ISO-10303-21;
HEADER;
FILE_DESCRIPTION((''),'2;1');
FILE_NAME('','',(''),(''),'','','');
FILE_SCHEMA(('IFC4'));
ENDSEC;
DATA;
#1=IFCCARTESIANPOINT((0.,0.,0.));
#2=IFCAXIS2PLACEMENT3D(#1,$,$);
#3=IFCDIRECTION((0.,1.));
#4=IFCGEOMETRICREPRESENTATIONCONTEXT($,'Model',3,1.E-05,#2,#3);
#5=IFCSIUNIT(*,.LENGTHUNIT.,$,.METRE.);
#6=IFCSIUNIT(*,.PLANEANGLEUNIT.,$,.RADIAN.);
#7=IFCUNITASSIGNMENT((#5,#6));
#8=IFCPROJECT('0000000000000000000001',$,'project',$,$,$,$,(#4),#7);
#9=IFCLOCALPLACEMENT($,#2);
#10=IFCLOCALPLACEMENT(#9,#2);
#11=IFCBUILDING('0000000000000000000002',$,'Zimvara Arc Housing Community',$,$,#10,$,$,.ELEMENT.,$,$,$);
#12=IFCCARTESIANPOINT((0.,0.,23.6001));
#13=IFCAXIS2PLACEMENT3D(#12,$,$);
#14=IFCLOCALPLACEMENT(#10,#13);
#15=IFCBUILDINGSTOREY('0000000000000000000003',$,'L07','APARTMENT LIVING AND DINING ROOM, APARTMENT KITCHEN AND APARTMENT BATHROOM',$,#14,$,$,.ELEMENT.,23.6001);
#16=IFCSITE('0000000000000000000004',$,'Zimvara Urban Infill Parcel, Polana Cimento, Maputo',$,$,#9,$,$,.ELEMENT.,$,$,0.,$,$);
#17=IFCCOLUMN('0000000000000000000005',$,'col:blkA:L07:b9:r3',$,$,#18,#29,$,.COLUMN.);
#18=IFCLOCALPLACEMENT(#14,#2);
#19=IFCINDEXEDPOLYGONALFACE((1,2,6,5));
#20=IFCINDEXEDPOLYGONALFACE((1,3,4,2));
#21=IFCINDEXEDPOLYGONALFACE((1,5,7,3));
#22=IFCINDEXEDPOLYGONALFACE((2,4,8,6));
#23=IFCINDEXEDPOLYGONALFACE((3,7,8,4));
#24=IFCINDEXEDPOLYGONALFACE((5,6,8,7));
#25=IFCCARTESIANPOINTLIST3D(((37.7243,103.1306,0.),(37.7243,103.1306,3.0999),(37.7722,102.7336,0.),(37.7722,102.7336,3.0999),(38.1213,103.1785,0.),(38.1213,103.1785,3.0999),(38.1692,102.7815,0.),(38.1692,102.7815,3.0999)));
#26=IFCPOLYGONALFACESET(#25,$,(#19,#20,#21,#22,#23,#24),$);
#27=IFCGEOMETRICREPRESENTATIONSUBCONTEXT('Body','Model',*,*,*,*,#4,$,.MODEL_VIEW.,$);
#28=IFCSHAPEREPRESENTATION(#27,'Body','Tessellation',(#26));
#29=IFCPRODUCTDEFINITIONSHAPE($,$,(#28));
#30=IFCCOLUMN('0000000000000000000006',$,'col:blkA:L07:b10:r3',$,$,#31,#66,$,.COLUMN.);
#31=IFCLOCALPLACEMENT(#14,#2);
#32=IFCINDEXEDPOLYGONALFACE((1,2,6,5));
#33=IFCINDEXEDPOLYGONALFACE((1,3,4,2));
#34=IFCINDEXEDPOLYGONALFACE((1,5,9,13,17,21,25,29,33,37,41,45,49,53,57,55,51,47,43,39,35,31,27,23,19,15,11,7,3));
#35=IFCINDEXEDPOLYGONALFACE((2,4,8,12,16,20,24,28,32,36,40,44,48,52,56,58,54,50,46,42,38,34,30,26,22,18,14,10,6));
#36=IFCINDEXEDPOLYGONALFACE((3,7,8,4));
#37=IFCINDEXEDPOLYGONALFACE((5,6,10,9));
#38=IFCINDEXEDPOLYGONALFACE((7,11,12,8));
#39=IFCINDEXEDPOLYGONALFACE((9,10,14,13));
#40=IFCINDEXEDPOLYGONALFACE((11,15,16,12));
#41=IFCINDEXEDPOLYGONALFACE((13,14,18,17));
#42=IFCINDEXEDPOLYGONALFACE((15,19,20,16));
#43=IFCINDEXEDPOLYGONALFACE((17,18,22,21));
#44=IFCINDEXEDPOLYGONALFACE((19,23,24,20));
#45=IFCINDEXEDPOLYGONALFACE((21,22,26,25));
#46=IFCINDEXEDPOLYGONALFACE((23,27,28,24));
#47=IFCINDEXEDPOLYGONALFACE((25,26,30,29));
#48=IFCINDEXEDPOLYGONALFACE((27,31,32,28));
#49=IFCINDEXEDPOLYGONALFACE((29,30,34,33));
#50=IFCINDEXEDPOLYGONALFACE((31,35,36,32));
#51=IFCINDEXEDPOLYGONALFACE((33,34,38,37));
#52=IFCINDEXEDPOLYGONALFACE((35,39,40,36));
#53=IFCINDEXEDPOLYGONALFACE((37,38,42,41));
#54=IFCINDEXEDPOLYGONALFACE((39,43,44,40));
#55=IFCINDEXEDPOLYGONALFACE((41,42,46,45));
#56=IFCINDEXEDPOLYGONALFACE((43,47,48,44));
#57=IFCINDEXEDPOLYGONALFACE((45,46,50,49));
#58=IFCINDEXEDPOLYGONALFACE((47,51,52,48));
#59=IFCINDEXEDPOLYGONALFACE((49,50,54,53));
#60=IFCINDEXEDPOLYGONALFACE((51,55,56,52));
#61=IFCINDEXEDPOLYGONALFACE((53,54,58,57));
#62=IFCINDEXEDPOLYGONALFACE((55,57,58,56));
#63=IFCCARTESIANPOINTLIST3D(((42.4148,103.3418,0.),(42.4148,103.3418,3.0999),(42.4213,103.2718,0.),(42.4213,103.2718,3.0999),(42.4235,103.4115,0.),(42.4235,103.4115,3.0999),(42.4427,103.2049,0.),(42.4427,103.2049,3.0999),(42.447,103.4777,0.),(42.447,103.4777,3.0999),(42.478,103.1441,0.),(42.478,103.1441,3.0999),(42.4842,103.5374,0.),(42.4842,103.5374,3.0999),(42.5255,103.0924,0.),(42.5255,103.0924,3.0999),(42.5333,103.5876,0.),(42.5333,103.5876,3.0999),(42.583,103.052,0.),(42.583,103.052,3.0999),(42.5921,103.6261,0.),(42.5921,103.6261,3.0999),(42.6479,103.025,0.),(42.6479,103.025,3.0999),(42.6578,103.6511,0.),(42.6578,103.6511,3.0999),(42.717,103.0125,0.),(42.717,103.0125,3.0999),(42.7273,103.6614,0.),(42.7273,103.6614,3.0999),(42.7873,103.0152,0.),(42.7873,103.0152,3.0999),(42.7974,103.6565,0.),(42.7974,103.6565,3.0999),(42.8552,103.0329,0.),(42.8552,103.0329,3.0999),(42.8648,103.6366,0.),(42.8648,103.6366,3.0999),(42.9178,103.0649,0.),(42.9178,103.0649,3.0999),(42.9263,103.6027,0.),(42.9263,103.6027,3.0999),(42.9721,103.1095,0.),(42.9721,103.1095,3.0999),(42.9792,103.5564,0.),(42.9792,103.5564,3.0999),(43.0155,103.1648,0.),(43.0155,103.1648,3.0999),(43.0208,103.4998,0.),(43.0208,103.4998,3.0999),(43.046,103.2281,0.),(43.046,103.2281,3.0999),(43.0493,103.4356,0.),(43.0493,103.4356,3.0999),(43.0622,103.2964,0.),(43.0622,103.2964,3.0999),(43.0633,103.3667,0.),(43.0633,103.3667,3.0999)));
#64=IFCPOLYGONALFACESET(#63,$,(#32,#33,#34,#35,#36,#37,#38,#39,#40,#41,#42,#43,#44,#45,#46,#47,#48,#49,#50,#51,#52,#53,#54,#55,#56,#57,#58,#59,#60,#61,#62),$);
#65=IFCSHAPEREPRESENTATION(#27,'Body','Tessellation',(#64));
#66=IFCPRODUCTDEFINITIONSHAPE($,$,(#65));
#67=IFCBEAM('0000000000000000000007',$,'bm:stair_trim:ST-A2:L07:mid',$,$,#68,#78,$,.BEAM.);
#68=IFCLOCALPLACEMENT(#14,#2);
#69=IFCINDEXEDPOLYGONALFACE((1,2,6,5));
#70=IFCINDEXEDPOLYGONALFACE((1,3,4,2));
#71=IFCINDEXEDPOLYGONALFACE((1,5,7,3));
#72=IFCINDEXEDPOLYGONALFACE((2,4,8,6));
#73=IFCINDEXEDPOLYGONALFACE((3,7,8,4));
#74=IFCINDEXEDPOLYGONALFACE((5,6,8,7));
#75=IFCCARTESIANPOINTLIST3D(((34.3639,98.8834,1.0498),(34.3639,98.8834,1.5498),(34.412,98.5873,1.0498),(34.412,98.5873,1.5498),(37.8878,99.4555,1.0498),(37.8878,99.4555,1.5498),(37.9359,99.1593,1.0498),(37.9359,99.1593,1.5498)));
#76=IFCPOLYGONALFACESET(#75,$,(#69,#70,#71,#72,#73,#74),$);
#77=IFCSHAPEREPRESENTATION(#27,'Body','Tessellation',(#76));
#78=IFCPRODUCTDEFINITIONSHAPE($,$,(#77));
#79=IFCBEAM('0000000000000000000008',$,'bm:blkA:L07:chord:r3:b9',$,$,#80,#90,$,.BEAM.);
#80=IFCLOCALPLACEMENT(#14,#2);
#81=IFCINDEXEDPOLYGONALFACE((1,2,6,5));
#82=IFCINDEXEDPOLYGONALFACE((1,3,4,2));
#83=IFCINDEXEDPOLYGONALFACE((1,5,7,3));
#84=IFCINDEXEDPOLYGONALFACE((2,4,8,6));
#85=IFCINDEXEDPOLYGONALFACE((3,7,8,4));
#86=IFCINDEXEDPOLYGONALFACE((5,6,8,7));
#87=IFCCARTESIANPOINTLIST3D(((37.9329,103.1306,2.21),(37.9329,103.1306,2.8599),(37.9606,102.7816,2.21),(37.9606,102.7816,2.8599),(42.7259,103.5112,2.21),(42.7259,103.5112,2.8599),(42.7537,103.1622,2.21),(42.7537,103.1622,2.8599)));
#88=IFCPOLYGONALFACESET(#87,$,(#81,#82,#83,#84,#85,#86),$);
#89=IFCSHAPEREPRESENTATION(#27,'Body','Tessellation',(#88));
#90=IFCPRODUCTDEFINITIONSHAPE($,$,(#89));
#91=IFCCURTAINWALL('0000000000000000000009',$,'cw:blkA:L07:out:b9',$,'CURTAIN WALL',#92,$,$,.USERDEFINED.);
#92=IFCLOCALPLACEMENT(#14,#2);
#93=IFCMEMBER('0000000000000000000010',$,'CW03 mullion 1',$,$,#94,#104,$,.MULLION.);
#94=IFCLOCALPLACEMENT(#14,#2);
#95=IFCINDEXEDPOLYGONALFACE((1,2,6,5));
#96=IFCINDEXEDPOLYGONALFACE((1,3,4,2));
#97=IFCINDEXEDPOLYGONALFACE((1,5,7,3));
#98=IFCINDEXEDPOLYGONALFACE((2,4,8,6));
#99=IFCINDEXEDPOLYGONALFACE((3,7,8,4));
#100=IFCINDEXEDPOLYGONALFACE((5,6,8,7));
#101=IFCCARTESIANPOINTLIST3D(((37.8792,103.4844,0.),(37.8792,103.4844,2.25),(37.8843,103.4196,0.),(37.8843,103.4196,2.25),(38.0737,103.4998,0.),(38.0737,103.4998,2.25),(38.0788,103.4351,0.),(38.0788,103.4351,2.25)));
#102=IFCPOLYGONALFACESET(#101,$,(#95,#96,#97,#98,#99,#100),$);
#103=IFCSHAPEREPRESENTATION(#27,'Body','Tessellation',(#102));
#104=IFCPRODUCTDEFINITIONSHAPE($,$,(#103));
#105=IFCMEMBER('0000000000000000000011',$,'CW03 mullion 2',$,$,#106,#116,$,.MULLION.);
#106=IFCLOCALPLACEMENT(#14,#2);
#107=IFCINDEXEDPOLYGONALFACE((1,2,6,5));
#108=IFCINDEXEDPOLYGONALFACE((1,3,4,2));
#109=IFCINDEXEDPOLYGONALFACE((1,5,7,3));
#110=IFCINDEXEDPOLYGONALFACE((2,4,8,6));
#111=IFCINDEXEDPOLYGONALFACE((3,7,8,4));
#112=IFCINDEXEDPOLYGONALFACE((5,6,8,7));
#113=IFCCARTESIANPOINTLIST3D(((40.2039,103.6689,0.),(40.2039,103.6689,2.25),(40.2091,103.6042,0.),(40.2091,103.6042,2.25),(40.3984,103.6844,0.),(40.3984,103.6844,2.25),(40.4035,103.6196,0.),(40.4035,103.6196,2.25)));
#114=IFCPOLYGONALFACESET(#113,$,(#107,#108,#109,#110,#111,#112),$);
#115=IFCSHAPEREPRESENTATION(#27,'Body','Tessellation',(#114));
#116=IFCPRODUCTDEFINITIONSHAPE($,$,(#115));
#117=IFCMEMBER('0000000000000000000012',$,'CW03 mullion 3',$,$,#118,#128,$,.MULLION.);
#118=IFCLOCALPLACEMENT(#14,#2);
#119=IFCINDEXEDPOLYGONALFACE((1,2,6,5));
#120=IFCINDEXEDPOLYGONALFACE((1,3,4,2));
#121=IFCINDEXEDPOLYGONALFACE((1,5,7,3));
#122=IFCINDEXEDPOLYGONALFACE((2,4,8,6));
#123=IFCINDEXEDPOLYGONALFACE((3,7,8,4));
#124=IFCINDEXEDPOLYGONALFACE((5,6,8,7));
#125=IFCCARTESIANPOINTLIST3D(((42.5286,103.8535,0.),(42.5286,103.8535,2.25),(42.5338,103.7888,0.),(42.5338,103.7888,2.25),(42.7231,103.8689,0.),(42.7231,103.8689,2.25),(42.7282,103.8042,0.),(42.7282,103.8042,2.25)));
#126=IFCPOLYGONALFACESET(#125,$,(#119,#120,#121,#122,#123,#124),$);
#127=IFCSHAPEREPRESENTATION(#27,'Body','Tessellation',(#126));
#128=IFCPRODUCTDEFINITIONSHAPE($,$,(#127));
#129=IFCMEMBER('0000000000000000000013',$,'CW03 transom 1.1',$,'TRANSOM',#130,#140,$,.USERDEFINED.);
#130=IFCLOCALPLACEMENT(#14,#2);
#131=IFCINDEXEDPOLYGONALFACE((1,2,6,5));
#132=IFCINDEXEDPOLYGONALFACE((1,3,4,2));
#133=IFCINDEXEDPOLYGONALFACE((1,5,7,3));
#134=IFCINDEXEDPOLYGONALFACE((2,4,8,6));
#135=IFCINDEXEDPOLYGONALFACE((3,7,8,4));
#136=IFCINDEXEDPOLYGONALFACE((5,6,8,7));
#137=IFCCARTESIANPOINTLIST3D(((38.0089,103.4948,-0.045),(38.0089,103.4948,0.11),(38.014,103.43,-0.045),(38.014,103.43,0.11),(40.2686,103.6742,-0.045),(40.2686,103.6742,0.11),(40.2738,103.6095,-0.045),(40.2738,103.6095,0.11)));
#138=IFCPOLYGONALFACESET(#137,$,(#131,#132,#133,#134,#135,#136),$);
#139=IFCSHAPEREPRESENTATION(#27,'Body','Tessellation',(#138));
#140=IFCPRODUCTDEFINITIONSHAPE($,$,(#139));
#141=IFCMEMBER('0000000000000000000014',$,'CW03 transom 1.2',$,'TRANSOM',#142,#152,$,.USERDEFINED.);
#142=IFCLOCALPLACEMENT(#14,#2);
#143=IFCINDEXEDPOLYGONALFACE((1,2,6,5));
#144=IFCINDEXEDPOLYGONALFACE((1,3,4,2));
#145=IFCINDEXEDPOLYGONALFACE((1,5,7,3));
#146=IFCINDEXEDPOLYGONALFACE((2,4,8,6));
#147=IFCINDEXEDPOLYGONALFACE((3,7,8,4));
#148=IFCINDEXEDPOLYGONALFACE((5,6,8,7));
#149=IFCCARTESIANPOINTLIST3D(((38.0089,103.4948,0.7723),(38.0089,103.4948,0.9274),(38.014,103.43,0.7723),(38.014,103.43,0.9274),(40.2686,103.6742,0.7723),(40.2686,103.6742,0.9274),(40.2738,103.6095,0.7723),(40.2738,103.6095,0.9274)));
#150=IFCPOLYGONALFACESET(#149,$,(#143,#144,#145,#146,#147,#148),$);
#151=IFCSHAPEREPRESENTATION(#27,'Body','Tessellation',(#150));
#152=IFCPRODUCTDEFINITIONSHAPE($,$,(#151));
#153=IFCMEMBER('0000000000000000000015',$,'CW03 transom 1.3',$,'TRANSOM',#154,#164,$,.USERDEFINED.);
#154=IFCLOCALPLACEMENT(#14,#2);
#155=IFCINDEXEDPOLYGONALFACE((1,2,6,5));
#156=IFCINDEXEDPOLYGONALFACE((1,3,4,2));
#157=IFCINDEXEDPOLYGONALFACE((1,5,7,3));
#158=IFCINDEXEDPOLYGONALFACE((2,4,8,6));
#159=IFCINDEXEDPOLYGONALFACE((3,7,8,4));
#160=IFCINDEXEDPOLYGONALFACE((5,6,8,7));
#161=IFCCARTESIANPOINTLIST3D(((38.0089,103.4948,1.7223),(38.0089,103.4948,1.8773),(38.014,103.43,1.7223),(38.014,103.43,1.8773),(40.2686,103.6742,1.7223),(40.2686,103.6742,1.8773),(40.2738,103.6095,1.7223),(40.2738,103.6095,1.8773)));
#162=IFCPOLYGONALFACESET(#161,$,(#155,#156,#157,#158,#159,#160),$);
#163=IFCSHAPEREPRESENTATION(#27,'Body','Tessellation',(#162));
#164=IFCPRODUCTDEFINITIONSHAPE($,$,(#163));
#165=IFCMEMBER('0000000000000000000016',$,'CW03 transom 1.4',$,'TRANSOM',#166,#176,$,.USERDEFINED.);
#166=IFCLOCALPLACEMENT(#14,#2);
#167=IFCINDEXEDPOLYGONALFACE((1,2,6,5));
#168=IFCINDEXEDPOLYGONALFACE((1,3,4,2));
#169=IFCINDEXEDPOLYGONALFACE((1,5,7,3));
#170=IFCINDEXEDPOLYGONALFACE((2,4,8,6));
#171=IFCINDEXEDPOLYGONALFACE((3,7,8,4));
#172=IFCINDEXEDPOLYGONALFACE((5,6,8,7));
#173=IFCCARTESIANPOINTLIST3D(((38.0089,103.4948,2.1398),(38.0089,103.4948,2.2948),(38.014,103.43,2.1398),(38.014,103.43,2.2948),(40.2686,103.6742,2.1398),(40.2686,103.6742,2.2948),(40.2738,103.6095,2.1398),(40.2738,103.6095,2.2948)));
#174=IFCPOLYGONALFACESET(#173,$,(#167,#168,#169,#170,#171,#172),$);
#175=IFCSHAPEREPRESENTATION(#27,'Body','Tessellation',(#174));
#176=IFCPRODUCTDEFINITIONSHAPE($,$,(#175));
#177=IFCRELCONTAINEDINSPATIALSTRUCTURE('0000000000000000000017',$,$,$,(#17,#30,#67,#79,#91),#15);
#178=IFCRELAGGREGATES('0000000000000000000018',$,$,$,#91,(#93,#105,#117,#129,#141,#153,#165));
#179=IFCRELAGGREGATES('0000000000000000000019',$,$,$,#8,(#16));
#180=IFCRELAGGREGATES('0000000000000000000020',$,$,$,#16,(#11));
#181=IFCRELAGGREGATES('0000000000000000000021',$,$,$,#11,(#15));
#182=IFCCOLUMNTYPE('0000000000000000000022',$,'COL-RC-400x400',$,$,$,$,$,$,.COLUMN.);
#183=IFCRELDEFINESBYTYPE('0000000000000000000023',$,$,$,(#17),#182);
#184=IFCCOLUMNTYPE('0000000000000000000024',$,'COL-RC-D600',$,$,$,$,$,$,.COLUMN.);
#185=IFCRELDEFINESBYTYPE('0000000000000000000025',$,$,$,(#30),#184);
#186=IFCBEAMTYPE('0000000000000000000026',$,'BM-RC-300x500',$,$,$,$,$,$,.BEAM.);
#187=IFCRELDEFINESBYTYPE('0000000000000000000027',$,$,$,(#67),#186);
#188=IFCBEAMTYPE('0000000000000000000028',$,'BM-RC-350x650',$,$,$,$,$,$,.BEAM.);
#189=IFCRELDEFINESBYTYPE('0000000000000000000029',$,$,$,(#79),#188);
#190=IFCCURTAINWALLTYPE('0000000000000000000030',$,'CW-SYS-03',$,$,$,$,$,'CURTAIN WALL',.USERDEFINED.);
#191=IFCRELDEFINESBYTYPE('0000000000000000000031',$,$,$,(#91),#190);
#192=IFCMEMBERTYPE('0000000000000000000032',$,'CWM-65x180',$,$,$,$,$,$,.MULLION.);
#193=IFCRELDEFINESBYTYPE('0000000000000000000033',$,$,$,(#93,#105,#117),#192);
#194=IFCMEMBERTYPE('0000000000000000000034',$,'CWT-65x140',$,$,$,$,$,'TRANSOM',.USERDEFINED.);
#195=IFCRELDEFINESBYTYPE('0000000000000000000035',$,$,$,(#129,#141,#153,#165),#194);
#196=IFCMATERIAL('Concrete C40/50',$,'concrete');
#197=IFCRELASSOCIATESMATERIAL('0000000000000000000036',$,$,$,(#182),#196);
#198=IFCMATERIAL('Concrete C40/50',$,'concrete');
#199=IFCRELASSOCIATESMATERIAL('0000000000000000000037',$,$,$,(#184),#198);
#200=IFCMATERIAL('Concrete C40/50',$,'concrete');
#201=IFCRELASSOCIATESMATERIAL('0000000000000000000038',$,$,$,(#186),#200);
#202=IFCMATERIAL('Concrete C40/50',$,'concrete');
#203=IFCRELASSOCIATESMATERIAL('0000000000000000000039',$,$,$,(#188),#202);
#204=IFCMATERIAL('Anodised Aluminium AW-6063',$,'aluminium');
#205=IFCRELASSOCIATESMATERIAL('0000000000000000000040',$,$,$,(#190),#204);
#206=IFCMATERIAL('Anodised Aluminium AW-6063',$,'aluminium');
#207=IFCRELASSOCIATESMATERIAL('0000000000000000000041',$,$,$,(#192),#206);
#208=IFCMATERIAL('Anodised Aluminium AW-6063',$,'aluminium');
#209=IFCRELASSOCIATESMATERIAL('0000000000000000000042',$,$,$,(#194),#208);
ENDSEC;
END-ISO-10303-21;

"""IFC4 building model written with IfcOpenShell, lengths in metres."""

from ifc_helpers import new_model, si_unit, direction, frame, origin, origin_2d, place, context, subcontext, project, spatial, rectangle, circle, extrude, material, material_profile, profile_set, type_object, element, aggregate, save


model = new_model("IFC4")

# Units and contexts
model_context = context("Model", 3, precision=1e-05, world=origin(), true_north=direction((0.0, 1.0)))
body_context = subcontext(model_context, "Body", "Model", "MODEL_VIEW")
ifc_project = project(units=[si_unit("LENGTHUNIT", "METRE"), si_unit("PLANEANGLEUNIT", "RADIAN")], contexts=[model_context])

# Site, building, storey
site_placement = place(None, origin())
site = spatial("IfcSite", under=ifc_project, at=site_placement, Name="Zimvara Urban Infill Parcel, Polana Cimento, Maputo", CompositionType="ELEMENT", RefElevation=0.0)
building_placement = place(site_placement, origin())
building = spatial("IfcBuilding", under=site, at=building_placement, Name="Zimvara Arc Housing Community", CompositionType="ELEMENT")
storey_placement = place(building_placement, frame((0.0, 0.0, 23.6001)))
storey = spatial("IfcBuildingStorey", under=building, at=storey_placement, Name="L07", Description="APARTMENT LIVING AND DINING ROOM, APARTMENT KITCHEN AND APARTMENT BATHROOM", CompositionType="ELEMENT", Elevation=23.6001)

# Columns
ifc_material_1 = material(Name="Concrete C40/50", Category="concrete")
ifc_material_profile_1 = material_profile(ifc_material_1, rectangle(XDim=0.3999, YDim=0.3999, at=origin_2d()), Name="RC 400x400")
ifc_profile_set_1 = profile_set([ifc_material_profile_1], Name="Concrete C40/50")
column_type_1 = type_object("IfcColumnType", Name="COL-RC-400x400", PredefinedType="COLUMN", material=ifc_profile_set_1)
column_1_placement = place(storey_placement, frame((37.9468, 102.9561, 0.0), z_axis=(0.0, 0.0, 1.0), x_axis=(-0.11979, 0.992799, 0.0)))
element("IfcColumn", 1, at=column_1_placement, inside=storey, type_object=column_type_1, Name="col:blkA:L07:b9:r3", PredefinedType="COLUMN", context=body_context, shape_type="SweptSolid", body=[
    extrude(rectangle(XDim=0.3999, YDim=0.3999, at=origin_2d()), origin(), (0.0, 0.0, 1.0), 3.0999),
])
ifc_material_2 = material(Name="Concrete C40/50", Category="concrete")
ifc_material_profile_2 = material_profile(ifc_material_2, circle(Radius=0.325, at=origin_2d()), Name="RC D650")
ifc_profile_set_2 = profile_set([ifc_material_profile_2], Name="Concrete C40/50")
column_type_2 = type_object("IfcColumnType", Name="COL-RC-D600", PredefinedType="COLUMN", material=ifc_profile_set_2)
column_2_placement = place(storey_placement, frame((42.7397, 103.3367, 0.0), z_axis=(0.0, 0.0, 1.0), x_axis=(-0.038388, 0.999263, 0.0)))
element("IfcColumn", 2, at=column_2_placement, inside=storey, type_object=column_type_2, Name="col:blkA:L07:b10:r3", PredefinedType="COLUMN", context=body_context, shape_type="SweptSolid", body=[
    extrude(circle(Radius=0.325, at=origin_2d()), origin(), (0.0, 0.0, 1.0), 3.0999),
])

# Beams
ifc_material_3 = material(Name="Concrete C40/50", Category="concrete")
ifc_material_profile_3 = material_profile(ifc_material_3, rectangle(XDim=0.3, YDim=0.5, at=origin_2d()), Name="RC 300x500")
ifc_profile_set_3 = profile_set([ifc_material_profile_3], Name="Concrete C40/50")
beam_type_1 = type_object("IfcBeamType", Name="BM-RC-300x500", PredefinedType="BEAM", material=ifc_profile_set_3)
beam_1_placement = place(storey_placement, frame((37.9119, 99.3074, 1.2998), z_axis=(-0.98708, -0.160228, 0.0), x_axis=(0.160228, -0.98708, 0.0)))
element("IfcBeam", 3, at=beam_1_placement, inside=storey, type_object=beam_type_1, Name="bm:stair_trim:ST-A2:L07:mid", PredefinedType="BEAM", context=body_context, shape_type="SweptSolid", body=[
    extrude(rectangle(XDim=0.3, YDim=0.5, at=origin_2d()), origin(), (0.0, 0.0, 1.0), 3.5701),
])
ifc_material_4 = material(Name="Concrete C40/50", Category="concrete")
ifc_material_profile_4 = material_profile(ifc_material_4, rectangle(XDim=0.3501, YDim=0.6499, at=origin_2d()), Name="RC 350x650")
ifc_profile_set_4 = profile_set([ifc_material_profile_4], Name="Concrete C40/50")
beam_type_2 = type_object("IfcBeamType", Name="BM-RC-350x650", PredefinedType="BEAM", material=ifc_profile_set_4)
beam_2_placement = place(storey_placement, frame((37.9468, 102.9561, 2.5349), z_axis=(0.996862, 0.079162, 0.0), x_axis=(-0.079162, 0.996862, 0.0)))
element("IfcBeam", 4, at=beam_2_placement, inside=storey, type_object=beam_type_2, Name="bm:blkA:L07:chord:r3:b9", PredefinedType="BEAM", context=body_context, shape_type="SweptSolid", body=[
    extrude(rectangle(XDim=0.3501, YDim=0.6499, at=origin_2d()), origin(), (0.0, 0.0, 1.0), 4.8081),
])

# Curtain wall, members
ifc_material_5 = material(Name="Anodised Aluminium AW-6063", Category="aluminium")
curtain_wall_type = type_object("IfcCurtainWallType", Name="CW-SYS-03", ElementType="CURTAIN WALL", PredefinedType="USERDEFINED", material=ifc_material_5)
curtain_wall_placement = place(storey_placement, origin())
curtain_wall = element("IfcCurtainWall", 5, at=curtain_wall_placement, inside=storey, type_object=curtain_wall_type, Name="cw:blkA:L07:out:b9", ObjectType="CURTAIN WALL", PredefinedType="USERDEFINED")
ifc_material_6 = material(Name="Anodised Aluminium AW-6063", Category="aluminium")
ifc_material_profile_5 = material_profile(ifc_material_6, rectangle(XDim=0.0649, YDim=0.1951, at=origin_2d()), Name="ALU 65x195")
ifc_profile_set_5 = profile_set([ifc_material_profile_5], Name="Anodised Aluminium AW-6063")
member_type_1 = type_object("IfcMemberType", Name="CWM-65x180", PredefinedType="MULLION", material=ifc_profile_set_5)
member_1_placement = place(storey_placement, frame((37.979, 103.4597, 0.0), z_axis=(0.0, 0.0, 1.0), x_axis=(-0.079154, 0.996862, 0.0)))
member_1 = element("IfcMember", 6, at=member_1_placement, type_object=member_type_1, Name="CW03 mullion 1", PredefinedType="MULLION", context=body_context, shape_type="SweptSolid", body=[
    extrude(rectangle(XDim=0.0649, YDim=0.1951, at=origin_2d()), origin(), (0.0, 0.0, 1.0), 2.25),
])
member_2_placement = place(storey_placement, frame((40.3037, 103.6443, 0.0), z_axis=(0.0, 0.0, 1.0), x_axis=(-0.079154, 0.996862, 0.0)))
member_2 = element("IfcMember", 7, at=member_2_placement, type_object=member_type_1, Name="CW03 mullion 2", PredefinedType="MULLION", context=body_context, shape_type="SweptSolid", body=[
    extrude(rectangle(XDim=0.0649, YDim=0.1951, at=origin_2d()), origin(), (0.0, 0.0, 1.0), 2.25),
])
member_3_placement = place(storey_placement, frame((42.6284, 103.8289, 0.0), z_axis=(0.0, 0.0, 1.0), x_axis=(-0.079154, 0.996862, 0.0)))
member_3 = element("IfcMember", 8, at=member_3_placement, type_object=member_type_1, Name="CW03 mullion 3", PredefinedType="MULLION", context=body_context, shape_type="SweptSolid", body=[
    extrude(rectangle(XDim=0.0649, YDim=0.1951, at=origin_2d()), origin(), (0.0, 0.0, 1.0), 2.25),
])
ifc_material_7 = material(Name="Anodised Aluminium AW-6063", Category="aluminium")
ifc_material_profile_6 = material_profile(ifc_material_7, rectangle(XDim=0.0649, YDim=0.155, at=origin_2d()), Name="ALU 65x155")
ifc_profile_set_6 = profile_set([ifc_material_profile_6], Name="Anodised Aluminium AW-6063")
member_type_2 = type_object("IfcMemberType", Name="CWT-65x140", ElementType="TRANSOM", PredefinedType="USERDEFINED", material=ifc_profile_set_6)
member_4_placement = place(storey_placement, frame((38.0115, 103.4624, 0.0325), z_axis=(0.996862, 0.079159, 0.0), x_axis=(-0.079159, 0.996862, 0.0)))
member_4 = element("IfcMember", 9, at=member_4_placement, type_object=member_type_2, Name="CW03 transom 1.1", ObjectType="TRANSOM", PredefinedType="USERDEFINED", context=body_context, shape_type="SweptSolid", body=[
    extrude(rectangle(XDim=0.0649, YDim=0.155, at=origin_2d()), origin(), (0.0, 0.0, 1.0), 2.2668),
])
member_5_placement = place(storey_placement, frame((38.0115, 103.4624, 0.8499), z_axis=(0.996862, 0.079159, 0.0), x_axis=(-0.079159, 0.996862, 0.0)))
member_5 = element("IfcMember", 10, at=member_5_placement, type_object=member_type_2, Name="CW03 transom 1.2", ObjectType="TRANSOM", PredefinedType="USERDEFINED", context=body_context, shape_type="SweptSolid", body=[
    extrude(rectangle(XDim=0.0649, YDim=0.155, at=origin_2d()), origin(), (0.0, 0.0, 1.0), 2.2668),
])
member_6_placement = place(storey_placement, frame((38.0115, 103.4624, 1.7998), z_axis=(0.996862, 0.079159, 0.0), x_axis=(-0.079159, 0.996862, 0.0)))
member_6 = element("IfcMember", 11, at=member_6_placement, type_object=member_type_2, Name="CW03 transom 1.3", ObjectType="TRANSOM", PredefinedType="USERDEFINED", context=body_context, shape_type="SweptSolid", body=[
    extrude(rectangle(XDim=0.0649, YDim=0.155, at=origin_2d()), origin(), (0.0, 0.0, 1.0), 2.2668),
])
member_7_placement = place(storey_placement, frame((38.0115, 103.4624, 2.2173), z_axis=(0.996862, 0.079159, 0.0), x_axis=(-0.079159, 0.996862, 0.0)))
member_7 = element("IfcMember", 12, at=member_7_placement, type_object=member_type_2, Name="CW03 transom 1.4", ObjectType="TRANSOM", PredefinedType="USERDEFINED", context=body_context, shape_type="SweptSolid", body=[
    extrude(rectangle(XDim=0.0649, YDim=0.155, at=origin_2d()), origin(), (0.0, 0.0, 1.0), 2.2668),
])
aggregate(curtain_wall, [member_1, member_2, member_3, member_4, member_5, member_6, member_7])

save(model, "model.ifc")
